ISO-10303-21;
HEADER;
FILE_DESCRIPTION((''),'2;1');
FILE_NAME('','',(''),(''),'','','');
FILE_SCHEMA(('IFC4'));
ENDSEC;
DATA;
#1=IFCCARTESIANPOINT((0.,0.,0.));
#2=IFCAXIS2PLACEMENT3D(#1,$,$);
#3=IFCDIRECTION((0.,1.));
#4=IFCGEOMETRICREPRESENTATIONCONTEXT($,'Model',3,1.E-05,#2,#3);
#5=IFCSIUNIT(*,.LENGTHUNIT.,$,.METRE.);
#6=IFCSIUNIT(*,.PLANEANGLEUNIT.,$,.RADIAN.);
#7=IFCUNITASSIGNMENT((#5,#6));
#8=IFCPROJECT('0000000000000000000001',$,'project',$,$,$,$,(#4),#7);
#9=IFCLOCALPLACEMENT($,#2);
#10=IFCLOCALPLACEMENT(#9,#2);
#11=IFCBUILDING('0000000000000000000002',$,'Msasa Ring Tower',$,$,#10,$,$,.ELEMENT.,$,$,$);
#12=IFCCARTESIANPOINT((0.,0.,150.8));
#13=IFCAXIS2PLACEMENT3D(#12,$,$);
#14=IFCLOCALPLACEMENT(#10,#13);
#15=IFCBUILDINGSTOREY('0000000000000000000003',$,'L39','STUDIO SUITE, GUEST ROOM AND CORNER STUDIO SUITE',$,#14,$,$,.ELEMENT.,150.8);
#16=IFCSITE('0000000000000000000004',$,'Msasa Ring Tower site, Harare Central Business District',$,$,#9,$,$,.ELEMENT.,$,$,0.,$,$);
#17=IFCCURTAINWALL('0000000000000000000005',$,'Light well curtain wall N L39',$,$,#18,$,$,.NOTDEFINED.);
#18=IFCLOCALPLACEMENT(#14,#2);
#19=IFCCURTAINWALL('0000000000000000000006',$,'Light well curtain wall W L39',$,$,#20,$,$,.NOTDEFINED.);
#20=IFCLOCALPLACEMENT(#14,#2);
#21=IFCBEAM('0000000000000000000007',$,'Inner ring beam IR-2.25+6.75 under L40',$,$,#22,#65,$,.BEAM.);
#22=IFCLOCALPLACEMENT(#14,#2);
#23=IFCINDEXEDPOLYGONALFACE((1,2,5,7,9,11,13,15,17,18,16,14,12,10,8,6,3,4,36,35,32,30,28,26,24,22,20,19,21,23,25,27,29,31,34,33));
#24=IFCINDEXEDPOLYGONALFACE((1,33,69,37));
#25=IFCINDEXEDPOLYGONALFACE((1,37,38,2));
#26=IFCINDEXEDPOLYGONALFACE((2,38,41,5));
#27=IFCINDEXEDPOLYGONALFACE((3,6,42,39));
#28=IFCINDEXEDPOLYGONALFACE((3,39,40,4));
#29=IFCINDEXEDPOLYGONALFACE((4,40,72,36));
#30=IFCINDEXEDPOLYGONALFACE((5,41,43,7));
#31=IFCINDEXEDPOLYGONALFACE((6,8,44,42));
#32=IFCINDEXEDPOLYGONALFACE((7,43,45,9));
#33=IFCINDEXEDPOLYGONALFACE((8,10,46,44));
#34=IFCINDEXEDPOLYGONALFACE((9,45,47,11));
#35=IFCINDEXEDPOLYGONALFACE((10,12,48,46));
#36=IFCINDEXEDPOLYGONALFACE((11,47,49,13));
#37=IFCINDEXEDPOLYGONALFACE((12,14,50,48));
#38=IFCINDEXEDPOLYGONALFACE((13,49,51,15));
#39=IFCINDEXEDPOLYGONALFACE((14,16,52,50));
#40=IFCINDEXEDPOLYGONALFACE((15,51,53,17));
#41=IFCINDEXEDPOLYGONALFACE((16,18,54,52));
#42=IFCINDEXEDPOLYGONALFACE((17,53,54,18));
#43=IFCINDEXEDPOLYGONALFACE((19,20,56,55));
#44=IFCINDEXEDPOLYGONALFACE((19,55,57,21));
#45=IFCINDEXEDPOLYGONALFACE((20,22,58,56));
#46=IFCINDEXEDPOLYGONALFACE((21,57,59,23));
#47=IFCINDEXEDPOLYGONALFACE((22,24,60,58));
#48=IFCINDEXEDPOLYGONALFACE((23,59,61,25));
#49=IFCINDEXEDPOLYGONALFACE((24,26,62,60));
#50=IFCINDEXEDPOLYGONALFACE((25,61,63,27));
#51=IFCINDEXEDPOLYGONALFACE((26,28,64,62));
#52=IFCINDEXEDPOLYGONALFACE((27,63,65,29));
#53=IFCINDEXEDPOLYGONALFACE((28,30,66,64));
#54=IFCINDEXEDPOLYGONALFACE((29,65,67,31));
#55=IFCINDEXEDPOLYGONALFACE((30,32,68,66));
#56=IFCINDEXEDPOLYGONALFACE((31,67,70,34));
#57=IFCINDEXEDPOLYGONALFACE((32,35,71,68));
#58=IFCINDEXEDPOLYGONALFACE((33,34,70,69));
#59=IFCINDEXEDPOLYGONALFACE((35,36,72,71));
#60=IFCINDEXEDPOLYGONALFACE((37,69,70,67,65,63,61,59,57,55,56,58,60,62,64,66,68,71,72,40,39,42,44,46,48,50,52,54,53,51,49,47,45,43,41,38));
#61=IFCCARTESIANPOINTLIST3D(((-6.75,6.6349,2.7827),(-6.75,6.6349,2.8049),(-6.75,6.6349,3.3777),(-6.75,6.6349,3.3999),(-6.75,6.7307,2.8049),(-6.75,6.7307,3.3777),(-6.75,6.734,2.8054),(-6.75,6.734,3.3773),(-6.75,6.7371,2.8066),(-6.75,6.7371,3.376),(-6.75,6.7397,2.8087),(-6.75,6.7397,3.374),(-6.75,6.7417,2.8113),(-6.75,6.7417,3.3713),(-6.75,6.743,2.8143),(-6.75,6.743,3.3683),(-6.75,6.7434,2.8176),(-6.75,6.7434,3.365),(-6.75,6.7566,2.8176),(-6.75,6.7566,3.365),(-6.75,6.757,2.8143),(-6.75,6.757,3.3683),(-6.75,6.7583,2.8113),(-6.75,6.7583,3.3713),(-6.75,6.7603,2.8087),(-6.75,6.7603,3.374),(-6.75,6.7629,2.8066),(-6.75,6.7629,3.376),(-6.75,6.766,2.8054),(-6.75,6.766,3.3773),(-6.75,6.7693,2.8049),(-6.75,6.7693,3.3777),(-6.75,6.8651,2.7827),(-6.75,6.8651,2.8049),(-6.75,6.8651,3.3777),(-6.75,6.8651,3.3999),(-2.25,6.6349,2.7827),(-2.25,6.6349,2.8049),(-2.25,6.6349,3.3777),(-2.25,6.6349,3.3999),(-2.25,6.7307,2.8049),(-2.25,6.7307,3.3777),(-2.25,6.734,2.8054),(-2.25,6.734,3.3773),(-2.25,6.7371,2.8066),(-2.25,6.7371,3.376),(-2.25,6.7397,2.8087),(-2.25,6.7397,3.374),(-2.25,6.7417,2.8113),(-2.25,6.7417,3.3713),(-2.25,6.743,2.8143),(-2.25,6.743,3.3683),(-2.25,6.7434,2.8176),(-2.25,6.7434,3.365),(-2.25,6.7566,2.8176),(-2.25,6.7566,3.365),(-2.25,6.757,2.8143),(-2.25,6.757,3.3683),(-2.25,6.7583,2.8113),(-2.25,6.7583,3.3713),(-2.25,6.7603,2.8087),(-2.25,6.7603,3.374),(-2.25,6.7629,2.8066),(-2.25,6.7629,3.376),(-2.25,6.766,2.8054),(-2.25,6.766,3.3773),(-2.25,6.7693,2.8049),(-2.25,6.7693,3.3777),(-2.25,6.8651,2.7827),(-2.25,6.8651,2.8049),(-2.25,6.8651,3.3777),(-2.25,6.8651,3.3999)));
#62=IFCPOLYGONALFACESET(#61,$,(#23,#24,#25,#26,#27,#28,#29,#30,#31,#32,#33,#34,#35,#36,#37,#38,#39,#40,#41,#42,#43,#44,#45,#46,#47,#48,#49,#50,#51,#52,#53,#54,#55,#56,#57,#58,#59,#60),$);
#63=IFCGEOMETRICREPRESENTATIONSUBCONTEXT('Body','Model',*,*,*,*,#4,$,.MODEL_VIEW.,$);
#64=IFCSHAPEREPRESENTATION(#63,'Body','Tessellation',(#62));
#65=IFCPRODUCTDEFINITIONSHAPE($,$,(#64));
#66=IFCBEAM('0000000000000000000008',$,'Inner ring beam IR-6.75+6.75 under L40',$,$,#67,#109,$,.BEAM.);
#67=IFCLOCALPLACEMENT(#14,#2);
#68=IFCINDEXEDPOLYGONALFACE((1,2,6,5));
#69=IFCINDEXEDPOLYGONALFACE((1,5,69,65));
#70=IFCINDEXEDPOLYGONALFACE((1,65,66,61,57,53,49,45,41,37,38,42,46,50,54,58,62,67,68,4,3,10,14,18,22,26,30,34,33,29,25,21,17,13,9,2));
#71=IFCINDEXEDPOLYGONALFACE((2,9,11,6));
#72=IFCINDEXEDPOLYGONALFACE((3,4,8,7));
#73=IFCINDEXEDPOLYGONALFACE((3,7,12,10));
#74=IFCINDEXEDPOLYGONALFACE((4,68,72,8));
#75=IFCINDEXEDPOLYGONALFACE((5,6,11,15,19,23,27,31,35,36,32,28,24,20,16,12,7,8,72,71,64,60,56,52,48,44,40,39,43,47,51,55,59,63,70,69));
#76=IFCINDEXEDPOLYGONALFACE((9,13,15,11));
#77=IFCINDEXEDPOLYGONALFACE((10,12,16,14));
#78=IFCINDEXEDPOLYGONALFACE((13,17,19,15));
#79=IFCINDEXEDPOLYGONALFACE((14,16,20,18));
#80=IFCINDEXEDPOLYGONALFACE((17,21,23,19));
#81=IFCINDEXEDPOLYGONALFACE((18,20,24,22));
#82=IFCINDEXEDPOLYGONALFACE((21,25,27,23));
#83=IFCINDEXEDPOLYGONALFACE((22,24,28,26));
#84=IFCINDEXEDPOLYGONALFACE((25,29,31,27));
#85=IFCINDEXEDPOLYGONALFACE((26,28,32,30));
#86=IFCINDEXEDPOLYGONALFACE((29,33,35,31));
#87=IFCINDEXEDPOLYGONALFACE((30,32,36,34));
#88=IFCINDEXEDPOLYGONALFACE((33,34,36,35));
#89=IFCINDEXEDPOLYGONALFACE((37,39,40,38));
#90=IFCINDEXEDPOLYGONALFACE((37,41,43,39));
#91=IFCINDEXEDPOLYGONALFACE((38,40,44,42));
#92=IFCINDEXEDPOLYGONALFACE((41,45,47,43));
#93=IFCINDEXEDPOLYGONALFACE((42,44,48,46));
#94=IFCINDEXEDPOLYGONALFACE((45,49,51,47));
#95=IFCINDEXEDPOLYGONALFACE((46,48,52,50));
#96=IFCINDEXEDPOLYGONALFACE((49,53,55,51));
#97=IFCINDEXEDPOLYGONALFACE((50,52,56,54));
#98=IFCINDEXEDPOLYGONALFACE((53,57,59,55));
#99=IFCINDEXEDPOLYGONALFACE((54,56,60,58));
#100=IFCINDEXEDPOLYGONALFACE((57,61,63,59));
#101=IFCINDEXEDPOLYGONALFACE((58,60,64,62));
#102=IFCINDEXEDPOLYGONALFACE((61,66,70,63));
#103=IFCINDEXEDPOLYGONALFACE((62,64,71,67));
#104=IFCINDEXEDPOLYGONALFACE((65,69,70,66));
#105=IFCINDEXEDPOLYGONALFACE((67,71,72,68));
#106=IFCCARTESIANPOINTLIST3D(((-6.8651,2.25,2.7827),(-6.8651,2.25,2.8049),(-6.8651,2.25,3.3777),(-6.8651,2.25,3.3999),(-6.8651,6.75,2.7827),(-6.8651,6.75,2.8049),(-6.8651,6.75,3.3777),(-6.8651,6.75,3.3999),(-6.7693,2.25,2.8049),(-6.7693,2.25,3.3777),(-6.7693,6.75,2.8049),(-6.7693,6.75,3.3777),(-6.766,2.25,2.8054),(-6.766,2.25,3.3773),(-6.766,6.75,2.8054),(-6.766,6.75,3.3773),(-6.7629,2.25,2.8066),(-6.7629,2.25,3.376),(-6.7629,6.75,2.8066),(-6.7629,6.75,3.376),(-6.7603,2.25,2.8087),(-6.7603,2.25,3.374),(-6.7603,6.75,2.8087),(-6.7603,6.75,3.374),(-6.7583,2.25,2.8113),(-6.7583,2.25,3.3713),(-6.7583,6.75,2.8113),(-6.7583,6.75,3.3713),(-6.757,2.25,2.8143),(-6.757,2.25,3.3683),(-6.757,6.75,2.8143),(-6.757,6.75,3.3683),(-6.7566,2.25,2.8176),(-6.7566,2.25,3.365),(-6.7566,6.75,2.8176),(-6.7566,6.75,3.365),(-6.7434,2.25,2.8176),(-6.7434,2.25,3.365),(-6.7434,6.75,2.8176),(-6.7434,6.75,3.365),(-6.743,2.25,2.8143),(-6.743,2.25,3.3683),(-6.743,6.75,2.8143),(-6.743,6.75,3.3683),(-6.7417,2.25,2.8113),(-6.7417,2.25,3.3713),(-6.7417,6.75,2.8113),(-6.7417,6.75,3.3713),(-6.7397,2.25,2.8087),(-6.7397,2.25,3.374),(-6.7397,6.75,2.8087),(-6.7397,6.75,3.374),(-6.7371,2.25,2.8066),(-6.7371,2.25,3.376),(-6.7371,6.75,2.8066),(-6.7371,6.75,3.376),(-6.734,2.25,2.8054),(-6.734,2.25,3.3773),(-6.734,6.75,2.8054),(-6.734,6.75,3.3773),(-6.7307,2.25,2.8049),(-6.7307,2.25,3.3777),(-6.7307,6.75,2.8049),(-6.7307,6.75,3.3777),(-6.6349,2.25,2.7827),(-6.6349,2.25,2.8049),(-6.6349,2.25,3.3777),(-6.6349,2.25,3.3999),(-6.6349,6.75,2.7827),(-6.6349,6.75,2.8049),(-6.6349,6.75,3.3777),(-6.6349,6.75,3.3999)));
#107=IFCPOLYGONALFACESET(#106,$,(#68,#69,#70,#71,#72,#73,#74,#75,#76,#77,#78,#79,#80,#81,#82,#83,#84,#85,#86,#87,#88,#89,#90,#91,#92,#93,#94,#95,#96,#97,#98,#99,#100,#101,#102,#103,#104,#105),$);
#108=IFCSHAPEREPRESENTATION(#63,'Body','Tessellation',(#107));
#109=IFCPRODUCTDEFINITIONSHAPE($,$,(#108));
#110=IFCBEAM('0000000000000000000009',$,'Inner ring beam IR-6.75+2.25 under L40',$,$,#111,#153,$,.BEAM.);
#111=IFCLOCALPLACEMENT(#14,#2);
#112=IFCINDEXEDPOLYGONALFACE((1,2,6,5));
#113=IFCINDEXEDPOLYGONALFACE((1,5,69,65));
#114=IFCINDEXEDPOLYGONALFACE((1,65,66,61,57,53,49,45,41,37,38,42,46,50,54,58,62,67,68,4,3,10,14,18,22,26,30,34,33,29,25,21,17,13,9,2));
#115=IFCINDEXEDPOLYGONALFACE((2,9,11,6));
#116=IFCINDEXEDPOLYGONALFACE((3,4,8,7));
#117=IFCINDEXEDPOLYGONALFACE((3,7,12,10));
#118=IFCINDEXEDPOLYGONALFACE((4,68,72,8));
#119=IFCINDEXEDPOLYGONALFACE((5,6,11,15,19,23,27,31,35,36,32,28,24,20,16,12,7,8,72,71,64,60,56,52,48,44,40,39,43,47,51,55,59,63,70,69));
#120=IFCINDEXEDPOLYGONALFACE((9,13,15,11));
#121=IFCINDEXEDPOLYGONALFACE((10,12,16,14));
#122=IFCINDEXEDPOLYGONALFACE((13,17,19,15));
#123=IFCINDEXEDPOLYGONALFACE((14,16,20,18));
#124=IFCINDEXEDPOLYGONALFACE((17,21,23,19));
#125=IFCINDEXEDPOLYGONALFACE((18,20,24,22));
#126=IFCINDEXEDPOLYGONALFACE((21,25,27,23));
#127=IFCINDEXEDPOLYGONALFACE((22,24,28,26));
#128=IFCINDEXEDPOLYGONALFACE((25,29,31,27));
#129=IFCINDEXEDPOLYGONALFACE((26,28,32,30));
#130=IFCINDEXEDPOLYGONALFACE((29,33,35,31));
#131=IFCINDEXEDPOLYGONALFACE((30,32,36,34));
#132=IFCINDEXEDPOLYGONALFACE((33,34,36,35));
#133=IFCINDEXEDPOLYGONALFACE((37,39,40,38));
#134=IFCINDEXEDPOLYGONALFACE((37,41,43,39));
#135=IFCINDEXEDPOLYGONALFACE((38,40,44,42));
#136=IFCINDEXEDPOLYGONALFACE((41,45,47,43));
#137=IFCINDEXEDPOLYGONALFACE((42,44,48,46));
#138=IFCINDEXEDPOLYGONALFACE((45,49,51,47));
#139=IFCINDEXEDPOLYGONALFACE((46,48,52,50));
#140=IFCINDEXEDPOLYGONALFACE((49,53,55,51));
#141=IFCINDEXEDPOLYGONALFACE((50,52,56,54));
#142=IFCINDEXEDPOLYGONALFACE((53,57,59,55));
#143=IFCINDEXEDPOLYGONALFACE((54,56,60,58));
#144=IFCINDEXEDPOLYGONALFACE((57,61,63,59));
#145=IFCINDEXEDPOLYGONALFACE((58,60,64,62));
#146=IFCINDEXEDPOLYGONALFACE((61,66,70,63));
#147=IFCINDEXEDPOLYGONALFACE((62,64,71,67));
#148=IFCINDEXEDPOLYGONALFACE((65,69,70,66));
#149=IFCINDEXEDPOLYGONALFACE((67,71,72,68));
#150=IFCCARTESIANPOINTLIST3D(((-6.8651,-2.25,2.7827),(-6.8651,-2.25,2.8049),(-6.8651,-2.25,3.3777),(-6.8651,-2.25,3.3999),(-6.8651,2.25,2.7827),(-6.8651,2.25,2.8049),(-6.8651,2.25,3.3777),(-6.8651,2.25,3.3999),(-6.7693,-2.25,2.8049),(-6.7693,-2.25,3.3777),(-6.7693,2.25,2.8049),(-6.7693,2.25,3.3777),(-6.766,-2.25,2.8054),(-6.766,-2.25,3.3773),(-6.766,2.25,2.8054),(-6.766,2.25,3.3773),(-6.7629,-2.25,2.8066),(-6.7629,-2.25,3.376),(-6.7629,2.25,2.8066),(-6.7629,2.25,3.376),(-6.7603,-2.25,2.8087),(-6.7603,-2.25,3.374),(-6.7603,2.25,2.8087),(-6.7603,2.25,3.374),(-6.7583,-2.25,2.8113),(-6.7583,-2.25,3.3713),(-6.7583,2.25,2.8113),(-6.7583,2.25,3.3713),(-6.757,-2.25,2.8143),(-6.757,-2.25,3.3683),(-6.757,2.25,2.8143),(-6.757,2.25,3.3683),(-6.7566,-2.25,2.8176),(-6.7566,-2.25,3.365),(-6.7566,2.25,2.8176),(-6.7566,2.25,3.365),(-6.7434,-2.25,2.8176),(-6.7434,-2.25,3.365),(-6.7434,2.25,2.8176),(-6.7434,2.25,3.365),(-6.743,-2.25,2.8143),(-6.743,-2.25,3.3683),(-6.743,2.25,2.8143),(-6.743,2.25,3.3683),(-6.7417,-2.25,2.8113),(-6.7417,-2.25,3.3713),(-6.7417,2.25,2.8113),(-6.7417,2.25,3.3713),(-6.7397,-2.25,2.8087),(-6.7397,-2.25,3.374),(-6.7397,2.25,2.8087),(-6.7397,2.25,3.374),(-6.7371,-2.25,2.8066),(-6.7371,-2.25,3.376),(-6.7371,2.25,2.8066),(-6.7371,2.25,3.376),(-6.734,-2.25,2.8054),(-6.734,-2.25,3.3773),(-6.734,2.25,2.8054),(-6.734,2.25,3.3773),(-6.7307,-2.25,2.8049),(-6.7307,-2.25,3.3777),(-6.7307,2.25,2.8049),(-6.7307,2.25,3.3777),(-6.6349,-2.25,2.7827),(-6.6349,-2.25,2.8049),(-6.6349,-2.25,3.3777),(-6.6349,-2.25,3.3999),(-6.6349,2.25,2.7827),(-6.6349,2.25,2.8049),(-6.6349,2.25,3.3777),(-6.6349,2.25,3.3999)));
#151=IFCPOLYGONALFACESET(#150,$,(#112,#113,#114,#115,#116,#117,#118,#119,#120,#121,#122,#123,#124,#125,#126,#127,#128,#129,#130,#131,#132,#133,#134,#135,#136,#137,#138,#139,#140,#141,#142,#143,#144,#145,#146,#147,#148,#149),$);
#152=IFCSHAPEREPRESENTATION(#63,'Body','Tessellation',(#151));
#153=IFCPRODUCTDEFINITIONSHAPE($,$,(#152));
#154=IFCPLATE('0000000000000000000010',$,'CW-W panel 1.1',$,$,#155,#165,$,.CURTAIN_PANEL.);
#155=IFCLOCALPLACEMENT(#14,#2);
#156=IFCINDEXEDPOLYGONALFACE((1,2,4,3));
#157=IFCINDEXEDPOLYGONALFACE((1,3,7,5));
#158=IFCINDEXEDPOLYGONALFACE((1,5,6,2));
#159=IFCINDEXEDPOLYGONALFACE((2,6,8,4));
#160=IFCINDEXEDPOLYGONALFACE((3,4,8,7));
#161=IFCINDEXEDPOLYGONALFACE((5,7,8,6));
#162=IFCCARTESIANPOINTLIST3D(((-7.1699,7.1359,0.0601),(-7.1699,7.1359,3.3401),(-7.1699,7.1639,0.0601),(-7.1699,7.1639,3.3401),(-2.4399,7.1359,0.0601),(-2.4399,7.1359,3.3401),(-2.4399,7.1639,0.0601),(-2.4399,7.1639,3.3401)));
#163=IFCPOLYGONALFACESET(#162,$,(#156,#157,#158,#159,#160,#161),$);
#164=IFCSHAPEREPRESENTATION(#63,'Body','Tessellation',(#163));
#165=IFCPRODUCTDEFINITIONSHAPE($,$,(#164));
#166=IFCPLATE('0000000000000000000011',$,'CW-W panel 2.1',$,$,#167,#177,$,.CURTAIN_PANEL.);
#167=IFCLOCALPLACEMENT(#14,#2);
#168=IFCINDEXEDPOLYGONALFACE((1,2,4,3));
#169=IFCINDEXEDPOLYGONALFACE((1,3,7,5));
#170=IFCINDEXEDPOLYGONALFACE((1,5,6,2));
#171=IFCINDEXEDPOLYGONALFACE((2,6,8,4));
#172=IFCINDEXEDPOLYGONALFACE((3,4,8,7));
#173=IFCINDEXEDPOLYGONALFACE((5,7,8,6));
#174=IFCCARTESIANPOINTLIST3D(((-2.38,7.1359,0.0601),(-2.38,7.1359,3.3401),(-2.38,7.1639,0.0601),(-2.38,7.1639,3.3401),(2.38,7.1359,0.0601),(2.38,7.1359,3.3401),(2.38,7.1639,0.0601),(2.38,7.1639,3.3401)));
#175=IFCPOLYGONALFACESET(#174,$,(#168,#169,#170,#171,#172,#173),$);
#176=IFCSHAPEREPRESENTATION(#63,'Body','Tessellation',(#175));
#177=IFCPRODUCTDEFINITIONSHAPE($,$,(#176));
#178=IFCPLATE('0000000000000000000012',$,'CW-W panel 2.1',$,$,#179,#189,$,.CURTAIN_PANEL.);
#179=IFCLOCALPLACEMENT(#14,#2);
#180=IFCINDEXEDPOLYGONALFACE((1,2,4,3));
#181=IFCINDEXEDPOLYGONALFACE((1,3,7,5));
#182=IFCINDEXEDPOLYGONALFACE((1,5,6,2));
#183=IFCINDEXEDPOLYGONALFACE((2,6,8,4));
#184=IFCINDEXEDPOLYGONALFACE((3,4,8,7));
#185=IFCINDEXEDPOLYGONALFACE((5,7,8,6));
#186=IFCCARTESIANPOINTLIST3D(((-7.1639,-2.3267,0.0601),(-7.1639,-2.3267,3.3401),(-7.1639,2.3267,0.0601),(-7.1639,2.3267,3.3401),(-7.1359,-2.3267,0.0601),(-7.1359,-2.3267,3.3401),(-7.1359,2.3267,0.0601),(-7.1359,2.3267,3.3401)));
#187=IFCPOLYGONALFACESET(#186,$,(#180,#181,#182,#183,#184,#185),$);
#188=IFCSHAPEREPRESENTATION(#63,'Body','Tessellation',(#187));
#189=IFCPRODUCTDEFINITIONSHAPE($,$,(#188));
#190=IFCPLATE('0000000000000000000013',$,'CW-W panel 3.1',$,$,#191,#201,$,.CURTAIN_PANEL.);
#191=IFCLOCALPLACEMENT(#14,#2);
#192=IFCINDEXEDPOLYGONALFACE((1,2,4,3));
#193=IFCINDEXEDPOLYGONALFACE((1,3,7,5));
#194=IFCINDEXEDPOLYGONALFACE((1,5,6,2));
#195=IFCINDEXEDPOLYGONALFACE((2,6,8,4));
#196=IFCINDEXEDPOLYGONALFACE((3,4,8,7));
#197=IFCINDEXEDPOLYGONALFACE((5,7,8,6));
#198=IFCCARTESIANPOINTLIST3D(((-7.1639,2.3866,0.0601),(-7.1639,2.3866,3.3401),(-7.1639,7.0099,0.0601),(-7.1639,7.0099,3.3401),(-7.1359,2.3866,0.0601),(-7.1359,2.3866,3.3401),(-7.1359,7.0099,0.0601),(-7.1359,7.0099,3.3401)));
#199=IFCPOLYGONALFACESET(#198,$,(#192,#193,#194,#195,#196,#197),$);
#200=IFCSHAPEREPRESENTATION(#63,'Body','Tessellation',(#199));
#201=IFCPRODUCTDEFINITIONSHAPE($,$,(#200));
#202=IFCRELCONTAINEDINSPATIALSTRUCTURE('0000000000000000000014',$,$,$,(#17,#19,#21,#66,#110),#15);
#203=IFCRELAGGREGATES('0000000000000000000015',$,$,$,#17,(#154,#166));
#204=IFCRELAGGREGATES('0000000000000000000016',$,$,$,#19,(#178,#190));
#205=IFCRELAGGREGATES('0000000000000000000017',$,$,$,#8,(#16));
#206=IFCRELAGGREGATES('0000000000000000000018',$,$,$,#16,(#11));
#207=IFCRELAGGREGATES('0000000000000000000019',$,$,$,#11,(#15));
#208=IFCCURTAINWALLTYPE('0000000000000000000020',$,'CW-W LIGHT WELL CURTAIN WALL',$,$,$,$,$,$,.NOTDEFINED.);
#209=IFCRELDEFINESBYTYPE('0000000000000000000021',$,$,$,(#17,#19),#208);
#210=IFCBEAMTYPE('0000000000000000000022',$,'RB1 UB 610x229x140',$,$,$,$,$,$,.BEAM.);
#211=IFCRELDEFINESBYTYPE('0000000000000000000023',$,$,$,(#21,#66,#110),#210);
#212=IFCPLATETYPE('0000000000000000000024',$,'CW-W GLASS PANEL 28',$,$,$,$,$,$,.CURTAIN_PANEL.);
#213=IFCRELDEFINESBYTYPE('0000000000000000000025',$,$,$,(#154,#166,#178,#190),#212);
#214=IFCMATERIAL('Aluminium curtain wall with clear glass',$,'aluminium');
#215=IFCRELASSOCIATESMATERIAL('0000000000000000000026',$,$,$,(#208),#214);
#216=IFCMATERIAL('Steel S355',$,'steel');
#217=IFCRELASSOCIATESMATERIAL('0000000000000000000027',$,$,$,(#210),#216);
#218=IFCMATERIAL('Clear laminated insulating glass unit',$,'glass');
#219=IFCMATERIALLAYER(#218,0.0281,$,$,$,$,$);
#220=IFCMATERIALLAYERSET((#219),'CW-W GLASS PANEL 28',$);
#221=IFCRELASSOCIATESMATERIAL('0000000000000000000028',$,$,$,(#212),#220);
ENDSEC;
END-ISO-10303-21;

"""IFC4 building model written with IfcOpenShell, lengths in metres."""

from ifc_helpers import new_model, si_unit, direction, frame, origin, origin_2d, place, context, subcontext, project, spatial, rectangle, i_section, extrude, material, layer, layer_set, material_profile, profile_set, type_object, element, aggregate, save


model = new_model("IFC4")

# Units and contexts
model_context = context("Model", 3, precision=1e-05, world=origin(), true_north=direction((0.0, 1.0)))
body_context = subcontext(model_context, "Body", "Model", "MODEL_VIEW")
ifc_project = project(units=[si_unit("LENGTHUNIT", "METRE"), si_unit("PLANEANGLEUNIT", "RADIAN")], contexts=[model_context])

# Site, building, storey
site_placement = place(None, origin())
site = spatial("IfcSite", under=ifc_project, at=site_placement, Name="Msasa Ring Tower site, Harare Central Business District", CompositionType="ELEMENT", RefElevation=0.0)
building_placement = place(site_placement, origin())
building = spatial("IfcBuilding", under=site, at=building_placement, Name="Msasa Ring Tower", CompositionType="ELEMENT")
storey_placement = place(building_placement, frame((0.0, 0.0, 150.8)))
storey = spatial("IfcBuildingStorey", under=building, at=storey_placement, Name="L39", Description="STUDIO SUITE, GUEST ROOM AND CORNER STUDIO SUITE", CompositionType="ELEMENT", Elevation=150.8)

# Curtain wall
ifc_material_1 = material(Name="Aluminium curtain wall with clear glass", Category="aluminium")
curtain_wall_type = type_object("IfcCurtainWallType", Name="CW-W LIGHT WELL CURTAIN WALL", PredefinedType="NOTDEFINED", material=ifc_material_1)
curtain_wall_1_placement = place(storey_placement, origin())
curtain_wall_1 = element("IfcCurtainWall", 1, at=curtain_wall_1_placement, inside=storey, type_object=curtain_wall_type, Name="Light well curtain wall N L39", PredefinedType="NOTDEFINED")

# Curtain wall
curtain_wall_2_placement = place(storey_placement, origin())
curtain_wall_2 = element("IfcCurtainWall", 2, at=curtain_wall_2_placement, inside=storey, type_object=curtain_wall_type, Name="Light well curtain wall W L39", PredefinedType="NOTDEFINED")

# Beams
ifc_material_2 = material(Name="Steel S355", Category="steel")
ifc_material_profile_1 = material_profile(ifc_material_2, i_section(OverallWidth=0.2302, OverallDepth=0.6172, WebThickness=0.0132, FlangeThickness=0.0222, FilletRadius=0.0127, at=origin_2d()), Name="UB 610x229x140")
ifc_profile_set_1 = profile_set([ifc_material_profile_1], Name="Steel S355")
beam_type = type_object("IfcBeamType", Name="RB1 UB 610x229x140", PredefinedType="BEAM", material=ifc_profile_set_1)
for number, where, z_axis, x_axis, name in (
    (3, (-2.25, 6.75, 3.0913), (-1.0, 0.0, 0.0), (0.0, -1.0, 0.0), "Inner ring beam IR-2.25+6.75 under L40"),
    (4, (-6.75, 6.75, 3.0913), (0.0, -1.0, 0.0), (1.0, 0.0, 0.0), "Inner ring beam IR-6.75+6.75 under L40"),
    (5, (-6.75, 2.25, 3.0913), (0.0, -1.0, 0.0), (1.0, 0.0, 0.0), "Inner ring beam IR-6.75+2.25 under L40"),
):
    element("IfcBeam", number, at=place(storey_placement, frame(where, z_axis=z_axis, x_axis=x_axis)), inside=storey, type_object=beam_type, Name=name, PredefinedType="BEAM", context=body_context, shape_type="SweptSolid", body=[
        extrude(i_section(OverallWidth=0.2302, OverallDepth=0.6172, WebThickness=0.0132, FlangeThickness=0.0222, FilletRadius=0.0127, at=origin_2d()), origin(), (0.0, 0.0, 1.0), 4.5),
    ])

# Plates
ifc_material_3 = material(Name="Clear laminated insulating glass unit", Category="glass")
ifc_layer_1 = layer(ifc_material_3, 0.0281)
ifc_layer_set_1 = layer_set([ifc_layer_1], Name="CW-W GLASS PANEL 28")
plate_type = type_object("IfcPlateType", Name="CW-W GLASS PANEL 28", PredefinedType="CURTAIN_PANEL", material=ifc_layer_set_1)
plate_1_placement = place(storey_placement, frame((-4.8049, 7.1499, 0.0601), z_axis=(0.0, 0.0, 1.0), x_axis=(1.0, 0.0, 0.0)))
plate_1 = element("IfcPlate", 6, at=plate_1_placement, type_object=plate_type, Name="CW-W panel 1.1", PredefinedType="CURTAIN_PANEL", context=body_context, shape_type="SweptSolid", body=[
    extrude(rectangle(XDim=4.73, YDim=0.0281, at=origin_2d()), origin(), (0.0, 0.0, 1.0), 3.28),
])
plate_2_placement = place(storey_placement, frame((0.0, 7.1499, 0.0601), z_axis=(0.0, 0.0, 1.0), x_axis=(1.0, 0.0, 0.0)))
plate_2 = element("IfcPlate", 7, at=plate_2_placement, type_object=plate_type, Name="CW-W panel 2.1", PredefinedType="CURTAIN_PANEL", context=body_context, shape_type="SweptSolid", body=[
    extrude(rectangle(XDim=4.76, YDim=0.0281, at=origin_2d()), origin(), (0.0, 0.0, 1.0), 3.28),
])
aggregate(curtain_wall_1, [plate_1, plate_2])
plate_3_placement = place(storey_placement, frame((-7.1499, 0.0, 0.0601), z_axis=(0.0, 0.0, 1.0), x_axis=(0.0, 1.0, 0.0)))
plate_3 = element("IfcPlate", 8, at=plate_3_placement, type_object=plate_type, Name="CW-W panel 2.1", PredefinedType="CURTAIN_PANEL", context=body_context, shape_type="SweptSolid", body=[
    extrude(rectangle(XDim=4.6533, YDim=0.0281, at=origin_2d()), origin(), (0.0, 0.0, 1.0), 3.28),
])
plate_4_placement = place(storey_placement, frame((-7.1499, 4.6982, 0.0601), z_axis=(0.0, 0.0, 1.0), x_axis=(0.0, 1.0, 0.0)))
plate_4 = element("IfcPlate", 9, at=plate_4_placement, type_object=plate_type, Name="CW-W panel 3.1", PredefinedType="CURTAIN_PANEL", context=body_context, shape_type="SweptSolid", body=[
    extrude(rectangle(XDim=4.6233, YDim=0.0281, at=origin_2d()), origin(), (0.0, 0.0, 1.0), 3.28),
])
aggregate(curtain_wall_2, [plate_3, plate_4])

save(model, "model.ifc")
